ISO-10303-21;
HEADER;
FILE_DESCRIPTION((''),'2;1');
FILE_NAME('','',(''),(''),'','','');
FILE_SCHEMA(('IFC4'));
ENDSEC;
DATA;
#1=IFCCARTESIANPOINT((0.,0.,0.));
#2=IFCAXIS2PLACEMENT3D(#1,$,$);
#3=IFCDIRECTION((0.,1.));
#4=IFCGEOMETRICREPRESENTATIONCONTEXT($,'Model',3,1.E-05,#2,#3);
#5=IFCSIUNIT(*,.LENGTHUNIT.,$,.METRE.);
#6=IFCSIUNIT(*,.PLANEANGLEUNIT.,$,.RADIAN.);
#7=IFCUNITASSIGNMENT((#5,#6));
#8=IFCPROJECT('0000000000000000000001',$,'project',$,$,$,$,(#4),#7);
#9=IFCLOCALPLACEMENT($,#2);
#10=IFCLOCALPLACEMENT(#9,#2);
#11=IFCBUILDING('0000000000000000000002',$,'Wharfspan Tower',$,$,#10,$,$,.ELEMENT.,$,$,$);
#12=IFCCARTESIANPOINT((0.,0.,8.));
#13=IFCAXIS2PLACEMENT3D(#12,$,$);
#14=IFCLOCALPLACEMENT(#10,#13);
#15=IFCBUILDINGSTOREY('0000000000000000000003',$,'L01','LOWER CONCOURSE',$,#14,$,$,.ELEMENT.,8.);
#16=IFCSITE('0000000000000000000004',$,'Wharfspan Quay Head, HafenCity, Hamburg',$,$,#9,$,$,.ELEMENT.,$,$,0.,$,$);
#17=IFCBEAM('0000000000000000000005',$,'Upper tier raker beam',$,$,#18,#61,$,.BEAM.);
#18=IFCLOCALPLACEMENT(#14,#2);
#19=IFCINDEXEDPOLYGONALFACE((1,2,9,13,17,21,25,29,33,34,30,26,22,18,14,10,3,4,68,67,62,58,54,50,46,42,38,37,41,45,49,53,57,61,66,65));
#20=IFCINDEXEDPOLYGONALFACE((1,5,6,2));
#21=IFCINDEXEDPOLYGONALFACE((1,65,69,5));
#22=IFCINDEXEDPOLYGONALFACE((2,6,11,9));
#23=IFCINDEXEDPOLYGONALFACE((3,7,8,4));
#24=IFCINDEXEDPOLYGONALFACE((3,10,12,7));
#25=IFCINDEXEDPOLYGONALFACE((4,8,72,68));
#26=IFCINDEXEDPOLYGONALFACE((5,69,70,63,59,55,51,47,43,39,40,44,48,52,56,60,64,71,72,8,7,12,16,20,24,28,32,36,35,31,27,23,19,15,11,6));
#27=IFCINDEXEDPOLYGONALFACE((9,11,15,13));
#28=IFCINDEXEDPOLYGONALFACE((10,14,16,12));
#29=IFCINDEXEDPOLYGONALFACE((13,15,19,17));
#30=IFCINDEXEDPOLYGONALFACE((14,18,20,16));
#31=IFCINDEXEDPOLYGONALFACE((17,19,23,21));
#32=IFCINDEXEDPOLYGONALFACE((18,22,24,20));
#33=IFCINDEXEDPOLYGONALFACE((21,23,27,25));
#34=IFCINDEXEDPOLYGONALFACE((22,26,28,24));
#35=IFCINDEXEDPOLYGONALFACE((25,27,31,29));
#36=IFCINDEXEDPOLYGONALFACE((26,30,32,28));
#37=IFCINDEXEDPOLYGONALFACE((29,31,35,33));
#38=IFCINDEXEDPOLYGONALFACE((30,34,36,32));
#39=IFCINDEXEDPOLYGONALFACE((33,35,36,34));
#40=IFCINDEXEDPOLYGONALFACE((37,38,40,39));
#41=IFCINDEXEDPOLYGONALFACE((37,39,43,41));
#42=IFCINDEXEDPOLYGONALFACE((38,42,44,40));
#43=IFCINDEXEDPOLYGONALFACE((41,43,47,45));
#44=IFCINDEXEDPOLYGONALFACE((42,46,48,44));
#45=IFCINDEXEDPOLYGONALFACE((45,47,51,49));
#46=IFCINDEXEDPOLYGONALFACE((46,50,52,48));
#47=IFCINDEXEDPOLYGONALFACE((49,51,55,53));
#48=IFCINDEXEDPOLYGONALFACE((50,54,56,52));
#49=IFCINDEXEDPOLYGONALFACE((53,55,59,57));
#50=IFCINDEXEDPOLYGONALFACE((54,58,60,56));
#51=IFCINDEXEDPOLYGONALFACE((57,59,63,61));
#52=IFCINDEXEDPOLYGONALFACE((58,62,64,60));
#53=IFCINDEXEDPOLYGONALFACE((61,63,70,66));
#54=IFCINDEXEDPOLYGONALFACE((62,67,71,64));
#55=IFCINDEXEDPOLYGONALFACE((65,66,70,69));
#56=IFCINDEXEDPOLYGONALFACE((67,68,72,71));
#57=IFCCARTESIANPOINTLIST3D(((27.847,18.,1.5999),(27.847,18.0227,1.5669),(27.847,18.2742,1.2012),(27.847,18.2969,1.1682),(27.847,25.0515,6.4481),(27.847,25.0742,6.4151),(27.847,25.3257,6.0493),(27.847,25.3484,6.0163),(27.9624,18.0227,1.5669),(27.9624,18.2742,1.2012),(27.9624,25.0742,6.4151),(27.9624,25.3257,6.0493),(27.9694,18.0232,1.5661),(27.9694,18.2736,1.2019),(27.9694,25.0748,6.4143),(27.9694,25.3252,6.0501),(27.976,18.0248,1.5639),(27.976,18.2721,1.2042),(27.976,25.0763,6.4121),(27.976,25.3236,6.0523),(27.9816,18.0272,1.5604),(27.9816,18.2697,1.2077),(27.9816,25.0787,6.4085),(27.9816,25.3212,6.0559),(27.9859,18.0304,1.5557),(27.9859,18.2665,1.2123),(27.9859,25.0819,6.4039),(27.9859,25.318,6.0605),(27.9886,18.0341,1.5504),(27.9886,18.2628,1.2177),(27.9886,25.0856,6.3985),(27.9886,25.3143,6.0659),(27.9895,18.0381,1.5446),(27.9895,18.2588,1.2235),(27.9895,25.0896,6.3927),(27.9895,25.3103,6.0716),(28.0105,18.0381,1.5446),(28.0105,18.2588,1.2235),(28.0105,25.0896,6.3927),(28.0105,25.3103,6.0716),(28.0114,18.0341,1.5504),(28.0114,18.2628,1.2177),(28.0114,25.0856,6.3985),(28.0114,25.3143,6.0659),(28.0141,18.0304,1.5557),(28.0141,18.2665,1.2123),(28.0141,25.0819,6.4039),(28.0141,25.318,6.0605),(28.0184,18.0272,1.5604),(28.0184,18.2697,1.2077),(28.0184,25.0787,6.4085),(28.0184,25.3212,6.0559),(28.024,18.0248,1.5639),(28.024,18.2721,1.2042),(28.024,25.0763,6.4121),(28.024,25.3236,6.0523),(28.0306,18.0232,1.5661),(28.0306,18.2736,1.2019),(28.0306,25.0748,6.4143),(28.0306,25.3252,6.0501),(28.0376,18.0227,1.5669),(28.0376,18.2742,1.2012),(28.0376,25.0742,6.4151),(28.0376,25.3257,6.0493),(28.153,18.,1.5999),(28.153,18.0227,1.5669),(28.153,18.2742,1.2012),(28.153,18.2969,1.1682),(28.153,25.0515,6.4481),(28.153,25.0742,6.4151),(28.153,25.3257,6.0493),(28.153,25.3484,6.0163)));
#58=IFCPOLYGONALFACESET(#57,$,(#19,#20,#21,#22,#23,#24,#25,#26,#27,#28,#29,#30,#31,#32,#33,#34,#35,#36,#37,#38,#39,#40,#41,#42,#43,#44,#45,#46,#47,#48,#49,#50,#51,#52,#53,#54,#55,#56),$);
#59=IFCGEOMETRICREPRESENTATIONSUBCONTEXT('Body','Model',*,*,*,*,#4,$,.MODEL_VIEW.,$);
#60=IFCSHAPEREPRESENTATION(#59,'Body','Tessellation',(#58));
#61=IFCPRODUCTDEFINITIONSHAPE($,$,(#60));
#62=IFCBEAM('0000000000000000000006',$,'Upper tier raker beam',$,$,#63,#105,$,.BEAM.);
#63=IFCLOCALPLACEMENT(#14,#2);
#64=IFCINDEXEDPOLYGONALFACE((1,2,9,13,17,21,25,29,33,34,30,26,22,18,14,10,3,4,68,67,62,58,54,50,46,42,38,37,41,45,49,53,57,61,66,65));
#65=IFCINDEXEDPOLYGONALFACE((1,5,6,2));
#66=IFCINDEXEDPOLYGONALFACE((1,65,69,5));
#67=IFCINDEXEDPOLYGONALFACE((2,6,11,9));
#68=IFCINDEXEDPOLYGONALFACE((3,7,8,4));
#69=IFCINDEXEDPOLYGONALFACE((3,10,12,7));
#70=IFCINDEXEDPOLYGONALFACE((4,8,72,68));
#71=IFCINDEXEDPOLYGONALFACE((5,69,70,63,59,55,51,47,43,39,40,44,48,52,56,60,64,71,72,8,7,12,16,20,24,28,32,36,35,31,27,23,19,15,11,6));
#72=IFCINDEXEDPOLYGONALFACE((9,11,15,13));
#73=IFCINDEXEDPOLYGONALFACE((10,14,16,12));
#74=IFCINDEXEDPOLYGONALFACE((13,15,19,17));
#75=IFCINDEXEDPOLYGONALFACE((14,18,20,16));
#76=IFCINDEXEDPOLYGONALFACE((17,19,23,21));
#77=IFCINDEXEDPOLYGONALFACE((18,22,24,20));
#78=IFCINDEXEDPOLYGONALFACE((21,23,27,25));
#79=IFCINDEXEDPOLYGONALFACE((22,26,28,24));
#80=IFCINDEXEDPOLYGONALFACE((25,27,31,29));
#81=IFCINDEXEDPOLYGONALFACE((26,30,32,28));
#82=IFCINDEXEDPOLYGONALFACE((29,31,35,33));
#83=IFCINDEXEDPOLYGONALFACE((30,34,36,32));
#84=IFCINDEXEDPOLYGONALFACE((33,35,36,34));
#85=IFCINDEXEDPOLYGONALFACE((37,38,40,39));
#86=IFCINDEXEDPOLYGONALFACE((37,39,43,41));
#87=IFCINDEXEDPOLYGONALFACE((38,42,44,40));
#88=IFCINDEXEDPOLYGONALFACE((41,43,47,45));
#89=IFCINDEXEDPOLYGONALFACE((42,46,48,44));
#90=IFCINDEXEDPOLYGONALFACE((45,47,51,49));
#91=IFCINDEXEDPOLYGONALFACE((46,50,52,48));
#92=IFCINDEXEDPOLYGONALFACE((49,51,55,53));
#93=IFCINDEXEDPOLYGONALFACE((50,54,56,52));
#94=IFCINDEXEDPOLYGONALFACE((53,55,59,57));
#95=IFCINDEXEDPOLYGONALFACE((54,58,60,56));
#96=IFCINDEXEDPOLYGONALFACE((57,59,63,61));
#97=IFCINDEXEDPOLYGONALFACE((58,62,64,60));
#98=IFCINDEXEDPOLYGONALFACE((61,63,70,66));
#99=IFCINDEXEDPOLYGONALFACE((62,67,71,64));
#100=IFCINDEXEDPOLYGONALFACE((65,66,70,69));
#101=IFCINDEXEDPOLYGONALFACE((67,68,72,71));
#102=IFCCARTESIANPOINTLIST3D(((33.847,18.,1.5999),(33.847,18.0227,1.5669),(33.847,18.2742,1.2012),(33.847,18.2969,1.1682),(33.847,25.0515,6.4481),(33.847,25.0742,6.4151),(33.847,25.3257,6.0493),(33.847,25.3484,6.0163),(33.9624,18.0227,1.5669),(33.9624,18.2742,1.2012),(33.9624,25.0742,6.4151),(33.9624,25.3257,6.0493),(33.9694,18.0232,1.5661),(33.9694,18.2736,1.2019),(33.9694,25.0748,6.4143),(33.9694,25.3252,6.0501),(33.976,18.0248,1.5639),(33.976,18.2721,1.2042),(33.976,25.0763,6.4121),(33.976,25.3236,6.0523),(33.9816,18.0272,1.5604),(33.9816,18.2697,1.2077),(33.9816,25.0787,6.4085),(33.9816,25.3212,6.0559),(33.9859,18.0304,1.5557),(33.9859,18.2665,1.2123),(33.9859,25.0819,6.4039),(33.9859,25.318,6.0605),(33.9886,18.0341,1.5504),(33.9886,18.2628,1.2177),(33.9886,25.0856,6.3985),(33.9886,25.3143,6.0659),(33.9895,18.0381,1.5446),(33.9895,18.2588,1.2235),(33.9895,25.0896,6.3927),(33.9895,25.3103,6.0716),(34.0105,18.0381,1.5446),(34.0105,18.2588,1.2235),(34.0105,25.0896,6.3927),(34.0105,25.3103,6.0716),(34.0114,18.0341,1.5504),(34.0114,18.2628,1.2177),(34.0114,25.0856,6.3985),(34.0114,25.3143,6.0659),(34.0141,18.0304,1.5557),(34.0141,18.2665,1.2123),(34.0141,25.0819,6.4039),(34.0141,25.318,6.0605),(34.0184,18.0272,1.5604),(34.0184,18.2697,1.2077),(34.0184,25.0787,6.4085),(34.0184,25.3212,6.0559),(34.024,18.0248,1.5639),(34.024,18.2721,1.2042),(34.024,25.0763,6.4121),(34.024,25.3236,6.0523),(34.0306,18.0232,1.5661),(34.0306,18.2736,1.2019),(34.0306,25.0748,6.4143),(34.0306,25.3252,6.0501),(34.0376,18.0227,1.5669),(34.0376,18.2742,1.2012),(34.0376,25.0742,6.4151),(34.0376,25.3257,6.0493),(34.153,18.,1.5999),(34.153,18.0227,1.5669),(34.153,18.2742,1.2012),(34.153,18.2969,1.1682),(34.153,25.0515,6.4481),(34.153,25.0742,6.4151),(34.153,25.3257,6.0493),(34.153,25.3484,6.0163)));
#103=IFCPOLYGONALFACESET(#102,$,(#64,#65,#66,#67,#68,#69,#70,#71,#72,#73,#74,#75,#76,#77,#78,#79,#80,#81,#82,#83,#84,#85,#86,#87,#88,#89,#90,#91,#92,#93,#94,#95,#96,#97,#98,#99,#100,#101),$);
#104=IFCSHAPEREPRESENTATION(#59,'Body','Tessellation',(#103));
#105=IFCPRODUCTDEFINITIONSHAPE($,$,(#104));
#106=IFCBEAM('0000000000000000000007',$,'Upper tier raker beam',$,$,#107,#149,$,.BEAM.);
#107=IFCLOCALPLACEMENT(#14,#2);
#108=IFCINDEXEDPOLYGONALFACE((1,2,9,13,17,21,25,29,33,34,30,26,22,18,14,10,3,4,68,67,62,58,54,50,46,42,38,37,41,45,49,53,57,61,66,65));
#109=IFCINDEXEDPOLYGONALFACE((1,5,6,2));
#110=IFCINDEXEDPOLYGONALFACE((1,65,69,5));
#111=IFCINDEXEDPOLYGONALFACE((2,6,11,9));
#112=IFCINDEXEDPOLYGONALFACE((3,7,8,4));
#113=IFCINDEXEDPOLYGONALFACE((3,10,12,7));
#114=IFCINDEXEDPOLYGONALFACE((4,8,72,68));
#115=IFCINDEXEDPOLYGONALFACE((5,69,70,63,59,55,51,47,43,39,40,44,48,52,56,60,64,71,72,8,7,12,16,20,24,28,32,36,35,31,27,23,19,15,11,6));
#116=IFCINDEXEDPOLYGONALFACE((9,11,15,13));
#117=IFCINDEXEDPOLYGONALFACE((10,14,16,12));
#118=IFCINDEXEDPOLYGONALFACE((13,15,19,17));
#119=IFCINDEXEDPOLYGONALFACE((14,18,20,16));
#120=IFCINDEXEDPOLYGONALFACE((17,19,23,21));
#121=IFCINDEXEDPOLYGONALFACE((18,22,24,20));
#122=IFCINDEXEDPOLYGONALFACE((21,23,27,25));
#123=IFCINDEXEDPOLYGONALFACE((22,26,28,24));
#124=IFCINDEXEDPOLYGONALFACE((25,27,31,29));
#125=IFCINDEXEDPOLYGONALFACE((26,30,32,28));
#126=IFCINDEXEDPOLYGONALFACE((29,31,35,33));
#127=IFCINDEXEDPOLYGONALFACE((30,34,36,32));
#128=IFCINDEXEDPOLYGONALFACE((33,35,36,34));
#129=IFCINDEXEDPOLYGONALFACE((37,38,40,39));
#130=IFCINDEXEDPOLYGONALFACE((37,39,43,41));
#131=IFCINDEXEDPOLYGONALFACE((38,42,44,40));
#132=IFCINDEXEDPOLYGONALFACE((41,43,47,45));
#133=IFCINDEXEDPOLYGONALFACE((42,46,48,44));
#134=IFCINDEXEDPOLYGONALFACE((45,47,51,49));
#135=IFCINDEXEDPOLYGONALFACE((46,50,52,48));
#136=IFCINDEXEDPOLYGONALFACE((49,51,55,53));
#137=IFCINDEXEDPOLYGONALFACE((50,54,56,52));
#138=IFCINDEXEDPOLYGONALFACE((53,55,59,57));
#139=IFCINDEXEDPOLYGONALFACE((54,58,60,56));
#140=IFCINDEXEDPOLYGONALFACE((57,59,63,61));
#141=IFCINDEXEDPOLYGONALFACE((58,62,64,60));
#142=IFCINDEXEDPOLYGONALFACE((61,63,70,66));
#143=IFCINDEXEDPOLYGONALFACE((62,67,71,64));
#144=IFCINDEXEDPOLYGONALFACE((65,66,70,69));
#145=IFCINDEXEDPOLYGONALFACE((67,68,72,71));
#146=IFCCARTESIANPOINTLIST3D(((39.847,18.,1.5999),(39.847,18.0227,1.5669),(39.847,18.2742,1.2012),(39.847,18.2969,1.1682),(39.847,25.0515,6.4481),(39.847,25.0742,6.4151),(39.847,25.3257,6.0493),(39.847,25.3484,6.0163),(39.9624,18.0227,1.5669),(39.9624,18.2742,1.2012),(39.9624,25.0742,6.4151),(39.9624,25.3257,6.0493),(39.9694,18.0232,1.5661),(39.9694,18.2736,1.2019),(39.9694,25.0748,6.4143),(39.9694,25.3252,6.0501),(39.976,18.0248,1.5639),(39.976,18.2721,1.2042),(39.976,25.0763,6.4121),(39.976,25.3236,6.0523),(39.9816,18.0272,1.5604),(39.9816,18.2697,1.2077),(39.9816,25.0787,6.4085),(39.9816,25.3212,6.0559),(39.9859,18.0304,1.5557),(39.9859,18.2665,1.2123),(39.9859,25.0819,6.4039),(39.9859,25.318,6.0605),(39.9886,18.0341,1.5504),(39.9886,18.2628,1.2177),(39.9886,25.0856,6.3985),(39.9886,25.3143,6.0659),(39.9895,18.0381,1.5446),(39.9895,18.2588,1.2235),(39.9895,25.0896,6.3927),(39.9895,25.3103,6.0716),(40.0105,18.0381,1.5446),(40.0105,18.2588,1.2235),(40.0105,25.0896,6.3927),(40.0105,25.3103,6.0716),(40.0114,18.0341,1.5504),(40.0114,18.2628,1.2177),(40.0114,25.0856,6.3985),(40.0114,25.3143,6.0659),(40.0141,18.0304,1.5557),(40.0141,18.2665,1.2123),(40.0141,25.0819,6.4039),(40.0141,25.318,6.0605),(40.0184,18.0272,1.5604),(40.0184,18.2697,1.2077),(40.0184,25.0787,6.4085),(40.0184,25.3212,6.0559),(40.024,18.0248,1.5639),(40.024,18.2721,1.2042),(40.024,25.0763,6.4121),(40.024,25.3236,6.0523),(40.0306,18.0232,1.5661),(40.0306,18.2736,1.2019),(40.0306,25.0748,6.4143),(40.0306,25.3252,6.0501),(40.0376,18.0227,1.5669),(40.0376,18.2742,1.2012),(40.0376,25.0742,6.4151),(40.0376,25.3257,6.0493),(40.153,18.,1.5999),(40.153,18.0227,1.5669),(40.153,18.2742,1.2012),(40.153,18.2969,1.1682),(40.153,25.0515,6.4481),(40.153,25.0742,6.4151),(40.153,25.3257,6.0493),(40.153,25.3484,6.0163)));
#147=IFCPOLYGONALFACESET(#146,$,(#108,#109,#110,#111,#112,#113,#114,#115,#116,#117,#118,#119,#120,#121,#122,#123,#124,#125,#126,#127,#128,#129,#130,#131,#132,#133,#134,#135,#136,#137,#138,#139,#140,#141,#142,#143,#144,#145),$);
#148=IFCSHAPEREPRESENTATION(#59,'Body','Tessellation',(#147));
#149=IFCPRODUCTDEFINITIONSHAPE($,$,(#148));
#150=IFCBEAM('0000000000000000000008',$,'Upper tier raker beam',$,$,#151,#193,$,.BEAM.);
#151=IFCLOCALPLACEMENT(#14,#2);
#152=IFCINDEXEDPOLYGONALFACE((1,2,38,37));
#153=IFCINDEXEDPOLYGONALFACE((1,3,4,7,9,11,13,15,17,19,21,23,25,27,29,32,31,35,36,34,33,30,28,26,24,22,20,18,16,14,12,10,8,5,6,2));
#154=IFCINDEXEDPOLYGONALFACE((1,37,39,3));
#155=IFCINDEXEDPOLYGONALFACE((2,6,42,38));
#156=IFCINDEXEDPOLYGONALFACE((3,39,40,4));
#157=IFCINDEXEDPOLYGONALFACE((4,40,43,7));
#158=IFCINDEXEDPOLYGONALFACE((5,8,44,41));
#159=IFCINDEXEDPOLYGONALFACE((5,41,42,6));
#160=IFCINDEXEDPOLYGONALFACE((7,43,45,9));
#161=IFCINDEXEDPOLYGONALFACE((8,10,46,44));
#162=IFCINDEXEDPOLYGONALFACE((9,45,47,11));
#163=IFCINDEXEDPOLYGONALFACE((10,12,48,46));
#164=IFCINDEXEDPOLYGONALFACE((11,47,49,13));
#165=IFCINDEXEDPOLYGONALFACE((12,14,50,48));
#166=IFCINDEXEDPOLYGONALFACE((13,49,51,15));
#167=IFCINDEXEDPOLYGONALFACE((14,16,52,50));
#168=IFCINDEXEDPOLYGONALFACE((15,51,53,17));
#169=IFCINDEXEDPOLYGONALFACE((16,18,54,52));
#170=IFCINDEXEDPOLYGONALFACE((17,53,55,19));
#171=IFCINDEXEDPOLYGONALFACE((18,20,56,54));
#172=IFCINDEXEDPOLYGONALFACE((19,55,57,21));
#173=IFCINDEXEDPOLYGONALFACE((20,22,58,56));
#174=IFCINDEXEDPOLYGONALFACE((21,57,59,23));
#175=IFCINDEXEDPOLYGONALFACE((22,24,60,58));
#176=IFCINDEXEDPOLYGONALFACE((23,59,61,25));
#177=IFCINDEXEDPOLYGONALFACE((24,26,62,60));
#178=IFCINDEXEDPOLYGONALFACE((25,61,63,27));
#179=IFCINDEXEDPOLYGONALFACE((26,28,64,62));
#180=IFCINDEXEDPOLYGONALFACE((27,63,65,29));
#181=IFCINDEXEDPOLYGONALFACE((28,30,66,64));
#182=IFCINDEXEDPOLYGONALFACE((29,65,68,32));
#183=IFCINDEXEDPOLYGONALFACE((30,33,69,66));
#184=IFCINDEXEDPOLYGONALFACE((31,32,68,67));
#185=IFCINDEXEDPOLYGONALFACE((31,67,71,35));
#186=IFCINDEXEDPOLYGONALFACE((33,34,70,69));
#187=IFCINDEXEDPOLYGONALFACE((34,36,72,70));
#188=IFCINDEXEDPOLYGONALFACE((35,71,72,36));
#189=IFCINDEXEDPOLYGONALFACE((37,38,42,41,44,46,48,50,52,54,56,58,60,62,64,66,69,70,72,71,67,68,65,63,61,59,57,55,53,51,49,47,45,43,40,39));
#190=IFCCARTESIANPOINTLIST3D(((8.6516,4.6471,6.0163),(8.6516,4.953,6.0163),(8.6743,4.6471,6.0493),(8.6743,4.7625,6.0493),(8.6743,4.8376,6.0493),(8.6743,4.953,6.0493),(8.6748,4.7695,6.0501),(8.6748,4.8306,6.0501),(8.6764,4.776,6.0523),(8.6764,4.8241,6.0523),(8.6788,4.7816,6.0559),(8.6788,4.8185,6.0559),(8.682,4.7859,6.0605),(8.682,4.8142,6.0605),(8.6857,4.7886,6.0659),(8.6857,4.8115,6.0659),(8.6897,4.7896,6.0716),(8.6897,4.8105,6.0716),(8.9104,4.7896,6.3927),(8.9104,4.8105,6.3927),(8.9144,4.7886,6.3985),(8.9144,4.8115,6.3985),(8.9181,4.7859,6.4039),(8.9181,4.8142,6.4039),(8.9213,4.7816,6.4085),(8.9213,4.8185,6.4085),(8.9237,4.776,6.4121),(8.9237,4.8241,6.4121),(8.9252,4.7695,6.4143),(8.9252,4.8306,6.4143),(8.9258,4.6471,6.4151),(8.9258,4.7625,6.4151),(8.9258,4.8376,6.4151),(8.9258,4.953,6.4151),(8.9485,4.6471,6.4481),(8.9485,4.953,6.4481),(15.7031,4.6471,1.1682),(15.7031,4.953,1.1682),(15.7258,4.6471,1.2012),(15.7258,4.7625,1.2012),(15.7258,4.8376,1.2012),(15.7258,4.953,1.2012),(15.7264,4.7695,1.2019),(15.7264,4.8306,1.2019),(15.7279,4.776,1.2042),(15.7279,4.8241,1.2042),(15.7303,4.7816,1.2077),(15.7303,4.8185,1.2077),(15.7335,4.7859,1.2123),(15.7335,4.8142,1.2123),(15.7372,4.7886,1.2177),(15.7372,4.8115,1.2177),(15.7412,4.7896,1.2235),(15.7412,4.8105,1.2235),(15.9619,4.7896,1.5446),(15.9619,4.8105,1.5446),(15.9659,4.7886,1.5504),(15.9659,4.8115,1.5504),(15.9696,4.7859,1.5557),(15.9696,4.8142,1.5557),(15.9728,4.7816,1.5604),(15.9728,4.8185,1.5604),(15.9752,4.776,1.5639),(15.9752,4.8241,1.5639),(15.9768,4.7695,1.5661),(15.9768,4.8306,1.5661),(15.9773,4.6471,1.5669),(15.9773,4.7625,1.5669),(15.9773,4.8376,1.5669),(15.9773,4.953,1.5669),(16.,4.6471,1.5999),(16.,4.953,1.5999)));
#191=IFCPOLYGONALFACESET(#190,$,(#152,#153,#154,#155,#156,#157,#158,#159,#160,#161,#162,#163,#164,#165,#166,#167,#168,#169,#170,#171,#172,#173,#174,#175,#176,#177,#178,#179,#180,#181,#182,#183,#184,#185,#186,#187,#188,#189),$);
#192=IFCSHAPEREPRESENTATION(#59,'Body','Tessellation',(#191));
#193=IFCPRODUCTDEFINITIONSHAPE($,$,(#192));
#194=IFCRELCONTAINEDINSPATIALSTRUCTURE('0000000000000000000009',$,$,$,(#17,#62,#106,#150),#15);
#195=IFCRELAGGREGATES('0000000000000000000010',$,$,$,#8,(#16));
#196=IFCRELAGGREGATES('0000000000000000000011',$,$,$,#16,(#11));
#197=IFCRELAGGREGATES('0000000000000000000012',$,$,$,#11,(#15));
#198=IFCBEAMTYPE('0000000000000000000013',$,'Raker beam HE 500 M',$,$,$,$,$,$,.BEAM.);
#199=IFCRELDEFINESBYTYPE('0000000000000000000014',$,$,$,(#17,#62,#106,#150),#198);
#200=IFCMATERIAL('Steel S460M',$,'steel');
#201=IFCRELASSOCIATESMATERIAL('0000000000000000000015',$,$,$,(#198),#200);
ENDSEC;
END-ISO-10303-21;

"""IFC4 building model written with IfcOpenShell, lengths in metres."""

from ifc_helpers import new_model, si_unit, direction, frame, origin, origin_2d, place, context, subcontext, project, spatial, i_section, extrude, material, material_profile, profile_set, type_object, element, save


model = new_model("IFC4")

# Units and contexts
model_context = context("Model", 3, precision=1e-05, world=origin(), true_north=direction((0.0, 1.0)))
body_context = subcontext(model_context, "Body", "Model", "MODEL_VIEW")
ifc_project = project(units=[si_unit("LENGTHUNIT", "METRE"), si_unit("PLANEANGLEUNIT", "RADIAN")], contexts=[model_context])

# Site, building, storey
site_placement = place(None, origin())
site = spatial("IfcSite", under=ifc_project, at=site_placement, Name="Wharfspan Quay Head, HafenCity, Hamburg", CompositionType="ELEMENT", RefElevation=0.0)
building_placement = place(site_placement, origin())
building = spatial("IfcBuilding", under=site, at=building_placement, Name="Wharfspan Tower", CompositionType="ELEMENT")
storey_placement = place(building_placement, frame((0.0, 0.0, 8.0)))
storey = spatial("IfcBuildingStorey", under=building, at=storey_placement, Name="L01", Description="LOWER CONCOURSE", CompositionType="ELEMENT", Elevation=8.0)

# Beams
ifc_material_1 = material(Name="Steel S460M", Category="steel")
ifc_material_profile_1 = material_profile(ifc_material_1, i_section(OverallWidth=0.3059, OverallDepth=0.5239, WebThickness=0.021, FlangeThickness=0.04, FilletRadius=0.0271, at=origin_2d()))
ifc_profile_set_1 = profile_set([ifc_material_profile_1], Name="Steel S460M")
beam_type_1 = type_object("IfcBeamType", Name="Raker beam HE 500 M", PredefinedType="BEAM", material=ifc_profile_set_1)
for number, where, z_axis, x_axis, name in (
    (1, (28.0, 18.1484, 1.384), (0.0, 0.824029, 0.566547), (-1.0, 0.0, 0.0), "Upper tier raker beam"),
    (2, (34.0, 18.1484, 1.384), (0.0, 0.824029, 0.566547), (-1.0, 0.0, 0.0), "Upper tier raker beam"),
    (3, (40.0, 18.1484, 1.384), (0.0, 0.824029, 0.566547), (-1.0, 0.0, 0.0), "Upper tier raker beam"),
    (4, (15.8516, 4.8, 1.384), (-0.824029, 0.0, 0.566547), (0.0, -1.0, 0.0), "Upper tier raker beam"),
):
    element("IfcBeam", number, at=place(storey_placement, frame(where, z_axis=z_axis, x_axis=x_axis)), inside=storey, type_object=beam_type_1, Name=name, PredefinedType="BEAM", context=body_context, shape_type="SweptSolid", body=[
        extrude(i_section(OverallWidth=0.3059, OverallDepth=0.5239, WebThickness=0.021, FlangeThickness=0.04, FilletRadius=0.0271, at=origin_2d()), origin(), (0.0, 0.0, 1.0), 8.5574),
    ])

save(model, "model.ifc")
